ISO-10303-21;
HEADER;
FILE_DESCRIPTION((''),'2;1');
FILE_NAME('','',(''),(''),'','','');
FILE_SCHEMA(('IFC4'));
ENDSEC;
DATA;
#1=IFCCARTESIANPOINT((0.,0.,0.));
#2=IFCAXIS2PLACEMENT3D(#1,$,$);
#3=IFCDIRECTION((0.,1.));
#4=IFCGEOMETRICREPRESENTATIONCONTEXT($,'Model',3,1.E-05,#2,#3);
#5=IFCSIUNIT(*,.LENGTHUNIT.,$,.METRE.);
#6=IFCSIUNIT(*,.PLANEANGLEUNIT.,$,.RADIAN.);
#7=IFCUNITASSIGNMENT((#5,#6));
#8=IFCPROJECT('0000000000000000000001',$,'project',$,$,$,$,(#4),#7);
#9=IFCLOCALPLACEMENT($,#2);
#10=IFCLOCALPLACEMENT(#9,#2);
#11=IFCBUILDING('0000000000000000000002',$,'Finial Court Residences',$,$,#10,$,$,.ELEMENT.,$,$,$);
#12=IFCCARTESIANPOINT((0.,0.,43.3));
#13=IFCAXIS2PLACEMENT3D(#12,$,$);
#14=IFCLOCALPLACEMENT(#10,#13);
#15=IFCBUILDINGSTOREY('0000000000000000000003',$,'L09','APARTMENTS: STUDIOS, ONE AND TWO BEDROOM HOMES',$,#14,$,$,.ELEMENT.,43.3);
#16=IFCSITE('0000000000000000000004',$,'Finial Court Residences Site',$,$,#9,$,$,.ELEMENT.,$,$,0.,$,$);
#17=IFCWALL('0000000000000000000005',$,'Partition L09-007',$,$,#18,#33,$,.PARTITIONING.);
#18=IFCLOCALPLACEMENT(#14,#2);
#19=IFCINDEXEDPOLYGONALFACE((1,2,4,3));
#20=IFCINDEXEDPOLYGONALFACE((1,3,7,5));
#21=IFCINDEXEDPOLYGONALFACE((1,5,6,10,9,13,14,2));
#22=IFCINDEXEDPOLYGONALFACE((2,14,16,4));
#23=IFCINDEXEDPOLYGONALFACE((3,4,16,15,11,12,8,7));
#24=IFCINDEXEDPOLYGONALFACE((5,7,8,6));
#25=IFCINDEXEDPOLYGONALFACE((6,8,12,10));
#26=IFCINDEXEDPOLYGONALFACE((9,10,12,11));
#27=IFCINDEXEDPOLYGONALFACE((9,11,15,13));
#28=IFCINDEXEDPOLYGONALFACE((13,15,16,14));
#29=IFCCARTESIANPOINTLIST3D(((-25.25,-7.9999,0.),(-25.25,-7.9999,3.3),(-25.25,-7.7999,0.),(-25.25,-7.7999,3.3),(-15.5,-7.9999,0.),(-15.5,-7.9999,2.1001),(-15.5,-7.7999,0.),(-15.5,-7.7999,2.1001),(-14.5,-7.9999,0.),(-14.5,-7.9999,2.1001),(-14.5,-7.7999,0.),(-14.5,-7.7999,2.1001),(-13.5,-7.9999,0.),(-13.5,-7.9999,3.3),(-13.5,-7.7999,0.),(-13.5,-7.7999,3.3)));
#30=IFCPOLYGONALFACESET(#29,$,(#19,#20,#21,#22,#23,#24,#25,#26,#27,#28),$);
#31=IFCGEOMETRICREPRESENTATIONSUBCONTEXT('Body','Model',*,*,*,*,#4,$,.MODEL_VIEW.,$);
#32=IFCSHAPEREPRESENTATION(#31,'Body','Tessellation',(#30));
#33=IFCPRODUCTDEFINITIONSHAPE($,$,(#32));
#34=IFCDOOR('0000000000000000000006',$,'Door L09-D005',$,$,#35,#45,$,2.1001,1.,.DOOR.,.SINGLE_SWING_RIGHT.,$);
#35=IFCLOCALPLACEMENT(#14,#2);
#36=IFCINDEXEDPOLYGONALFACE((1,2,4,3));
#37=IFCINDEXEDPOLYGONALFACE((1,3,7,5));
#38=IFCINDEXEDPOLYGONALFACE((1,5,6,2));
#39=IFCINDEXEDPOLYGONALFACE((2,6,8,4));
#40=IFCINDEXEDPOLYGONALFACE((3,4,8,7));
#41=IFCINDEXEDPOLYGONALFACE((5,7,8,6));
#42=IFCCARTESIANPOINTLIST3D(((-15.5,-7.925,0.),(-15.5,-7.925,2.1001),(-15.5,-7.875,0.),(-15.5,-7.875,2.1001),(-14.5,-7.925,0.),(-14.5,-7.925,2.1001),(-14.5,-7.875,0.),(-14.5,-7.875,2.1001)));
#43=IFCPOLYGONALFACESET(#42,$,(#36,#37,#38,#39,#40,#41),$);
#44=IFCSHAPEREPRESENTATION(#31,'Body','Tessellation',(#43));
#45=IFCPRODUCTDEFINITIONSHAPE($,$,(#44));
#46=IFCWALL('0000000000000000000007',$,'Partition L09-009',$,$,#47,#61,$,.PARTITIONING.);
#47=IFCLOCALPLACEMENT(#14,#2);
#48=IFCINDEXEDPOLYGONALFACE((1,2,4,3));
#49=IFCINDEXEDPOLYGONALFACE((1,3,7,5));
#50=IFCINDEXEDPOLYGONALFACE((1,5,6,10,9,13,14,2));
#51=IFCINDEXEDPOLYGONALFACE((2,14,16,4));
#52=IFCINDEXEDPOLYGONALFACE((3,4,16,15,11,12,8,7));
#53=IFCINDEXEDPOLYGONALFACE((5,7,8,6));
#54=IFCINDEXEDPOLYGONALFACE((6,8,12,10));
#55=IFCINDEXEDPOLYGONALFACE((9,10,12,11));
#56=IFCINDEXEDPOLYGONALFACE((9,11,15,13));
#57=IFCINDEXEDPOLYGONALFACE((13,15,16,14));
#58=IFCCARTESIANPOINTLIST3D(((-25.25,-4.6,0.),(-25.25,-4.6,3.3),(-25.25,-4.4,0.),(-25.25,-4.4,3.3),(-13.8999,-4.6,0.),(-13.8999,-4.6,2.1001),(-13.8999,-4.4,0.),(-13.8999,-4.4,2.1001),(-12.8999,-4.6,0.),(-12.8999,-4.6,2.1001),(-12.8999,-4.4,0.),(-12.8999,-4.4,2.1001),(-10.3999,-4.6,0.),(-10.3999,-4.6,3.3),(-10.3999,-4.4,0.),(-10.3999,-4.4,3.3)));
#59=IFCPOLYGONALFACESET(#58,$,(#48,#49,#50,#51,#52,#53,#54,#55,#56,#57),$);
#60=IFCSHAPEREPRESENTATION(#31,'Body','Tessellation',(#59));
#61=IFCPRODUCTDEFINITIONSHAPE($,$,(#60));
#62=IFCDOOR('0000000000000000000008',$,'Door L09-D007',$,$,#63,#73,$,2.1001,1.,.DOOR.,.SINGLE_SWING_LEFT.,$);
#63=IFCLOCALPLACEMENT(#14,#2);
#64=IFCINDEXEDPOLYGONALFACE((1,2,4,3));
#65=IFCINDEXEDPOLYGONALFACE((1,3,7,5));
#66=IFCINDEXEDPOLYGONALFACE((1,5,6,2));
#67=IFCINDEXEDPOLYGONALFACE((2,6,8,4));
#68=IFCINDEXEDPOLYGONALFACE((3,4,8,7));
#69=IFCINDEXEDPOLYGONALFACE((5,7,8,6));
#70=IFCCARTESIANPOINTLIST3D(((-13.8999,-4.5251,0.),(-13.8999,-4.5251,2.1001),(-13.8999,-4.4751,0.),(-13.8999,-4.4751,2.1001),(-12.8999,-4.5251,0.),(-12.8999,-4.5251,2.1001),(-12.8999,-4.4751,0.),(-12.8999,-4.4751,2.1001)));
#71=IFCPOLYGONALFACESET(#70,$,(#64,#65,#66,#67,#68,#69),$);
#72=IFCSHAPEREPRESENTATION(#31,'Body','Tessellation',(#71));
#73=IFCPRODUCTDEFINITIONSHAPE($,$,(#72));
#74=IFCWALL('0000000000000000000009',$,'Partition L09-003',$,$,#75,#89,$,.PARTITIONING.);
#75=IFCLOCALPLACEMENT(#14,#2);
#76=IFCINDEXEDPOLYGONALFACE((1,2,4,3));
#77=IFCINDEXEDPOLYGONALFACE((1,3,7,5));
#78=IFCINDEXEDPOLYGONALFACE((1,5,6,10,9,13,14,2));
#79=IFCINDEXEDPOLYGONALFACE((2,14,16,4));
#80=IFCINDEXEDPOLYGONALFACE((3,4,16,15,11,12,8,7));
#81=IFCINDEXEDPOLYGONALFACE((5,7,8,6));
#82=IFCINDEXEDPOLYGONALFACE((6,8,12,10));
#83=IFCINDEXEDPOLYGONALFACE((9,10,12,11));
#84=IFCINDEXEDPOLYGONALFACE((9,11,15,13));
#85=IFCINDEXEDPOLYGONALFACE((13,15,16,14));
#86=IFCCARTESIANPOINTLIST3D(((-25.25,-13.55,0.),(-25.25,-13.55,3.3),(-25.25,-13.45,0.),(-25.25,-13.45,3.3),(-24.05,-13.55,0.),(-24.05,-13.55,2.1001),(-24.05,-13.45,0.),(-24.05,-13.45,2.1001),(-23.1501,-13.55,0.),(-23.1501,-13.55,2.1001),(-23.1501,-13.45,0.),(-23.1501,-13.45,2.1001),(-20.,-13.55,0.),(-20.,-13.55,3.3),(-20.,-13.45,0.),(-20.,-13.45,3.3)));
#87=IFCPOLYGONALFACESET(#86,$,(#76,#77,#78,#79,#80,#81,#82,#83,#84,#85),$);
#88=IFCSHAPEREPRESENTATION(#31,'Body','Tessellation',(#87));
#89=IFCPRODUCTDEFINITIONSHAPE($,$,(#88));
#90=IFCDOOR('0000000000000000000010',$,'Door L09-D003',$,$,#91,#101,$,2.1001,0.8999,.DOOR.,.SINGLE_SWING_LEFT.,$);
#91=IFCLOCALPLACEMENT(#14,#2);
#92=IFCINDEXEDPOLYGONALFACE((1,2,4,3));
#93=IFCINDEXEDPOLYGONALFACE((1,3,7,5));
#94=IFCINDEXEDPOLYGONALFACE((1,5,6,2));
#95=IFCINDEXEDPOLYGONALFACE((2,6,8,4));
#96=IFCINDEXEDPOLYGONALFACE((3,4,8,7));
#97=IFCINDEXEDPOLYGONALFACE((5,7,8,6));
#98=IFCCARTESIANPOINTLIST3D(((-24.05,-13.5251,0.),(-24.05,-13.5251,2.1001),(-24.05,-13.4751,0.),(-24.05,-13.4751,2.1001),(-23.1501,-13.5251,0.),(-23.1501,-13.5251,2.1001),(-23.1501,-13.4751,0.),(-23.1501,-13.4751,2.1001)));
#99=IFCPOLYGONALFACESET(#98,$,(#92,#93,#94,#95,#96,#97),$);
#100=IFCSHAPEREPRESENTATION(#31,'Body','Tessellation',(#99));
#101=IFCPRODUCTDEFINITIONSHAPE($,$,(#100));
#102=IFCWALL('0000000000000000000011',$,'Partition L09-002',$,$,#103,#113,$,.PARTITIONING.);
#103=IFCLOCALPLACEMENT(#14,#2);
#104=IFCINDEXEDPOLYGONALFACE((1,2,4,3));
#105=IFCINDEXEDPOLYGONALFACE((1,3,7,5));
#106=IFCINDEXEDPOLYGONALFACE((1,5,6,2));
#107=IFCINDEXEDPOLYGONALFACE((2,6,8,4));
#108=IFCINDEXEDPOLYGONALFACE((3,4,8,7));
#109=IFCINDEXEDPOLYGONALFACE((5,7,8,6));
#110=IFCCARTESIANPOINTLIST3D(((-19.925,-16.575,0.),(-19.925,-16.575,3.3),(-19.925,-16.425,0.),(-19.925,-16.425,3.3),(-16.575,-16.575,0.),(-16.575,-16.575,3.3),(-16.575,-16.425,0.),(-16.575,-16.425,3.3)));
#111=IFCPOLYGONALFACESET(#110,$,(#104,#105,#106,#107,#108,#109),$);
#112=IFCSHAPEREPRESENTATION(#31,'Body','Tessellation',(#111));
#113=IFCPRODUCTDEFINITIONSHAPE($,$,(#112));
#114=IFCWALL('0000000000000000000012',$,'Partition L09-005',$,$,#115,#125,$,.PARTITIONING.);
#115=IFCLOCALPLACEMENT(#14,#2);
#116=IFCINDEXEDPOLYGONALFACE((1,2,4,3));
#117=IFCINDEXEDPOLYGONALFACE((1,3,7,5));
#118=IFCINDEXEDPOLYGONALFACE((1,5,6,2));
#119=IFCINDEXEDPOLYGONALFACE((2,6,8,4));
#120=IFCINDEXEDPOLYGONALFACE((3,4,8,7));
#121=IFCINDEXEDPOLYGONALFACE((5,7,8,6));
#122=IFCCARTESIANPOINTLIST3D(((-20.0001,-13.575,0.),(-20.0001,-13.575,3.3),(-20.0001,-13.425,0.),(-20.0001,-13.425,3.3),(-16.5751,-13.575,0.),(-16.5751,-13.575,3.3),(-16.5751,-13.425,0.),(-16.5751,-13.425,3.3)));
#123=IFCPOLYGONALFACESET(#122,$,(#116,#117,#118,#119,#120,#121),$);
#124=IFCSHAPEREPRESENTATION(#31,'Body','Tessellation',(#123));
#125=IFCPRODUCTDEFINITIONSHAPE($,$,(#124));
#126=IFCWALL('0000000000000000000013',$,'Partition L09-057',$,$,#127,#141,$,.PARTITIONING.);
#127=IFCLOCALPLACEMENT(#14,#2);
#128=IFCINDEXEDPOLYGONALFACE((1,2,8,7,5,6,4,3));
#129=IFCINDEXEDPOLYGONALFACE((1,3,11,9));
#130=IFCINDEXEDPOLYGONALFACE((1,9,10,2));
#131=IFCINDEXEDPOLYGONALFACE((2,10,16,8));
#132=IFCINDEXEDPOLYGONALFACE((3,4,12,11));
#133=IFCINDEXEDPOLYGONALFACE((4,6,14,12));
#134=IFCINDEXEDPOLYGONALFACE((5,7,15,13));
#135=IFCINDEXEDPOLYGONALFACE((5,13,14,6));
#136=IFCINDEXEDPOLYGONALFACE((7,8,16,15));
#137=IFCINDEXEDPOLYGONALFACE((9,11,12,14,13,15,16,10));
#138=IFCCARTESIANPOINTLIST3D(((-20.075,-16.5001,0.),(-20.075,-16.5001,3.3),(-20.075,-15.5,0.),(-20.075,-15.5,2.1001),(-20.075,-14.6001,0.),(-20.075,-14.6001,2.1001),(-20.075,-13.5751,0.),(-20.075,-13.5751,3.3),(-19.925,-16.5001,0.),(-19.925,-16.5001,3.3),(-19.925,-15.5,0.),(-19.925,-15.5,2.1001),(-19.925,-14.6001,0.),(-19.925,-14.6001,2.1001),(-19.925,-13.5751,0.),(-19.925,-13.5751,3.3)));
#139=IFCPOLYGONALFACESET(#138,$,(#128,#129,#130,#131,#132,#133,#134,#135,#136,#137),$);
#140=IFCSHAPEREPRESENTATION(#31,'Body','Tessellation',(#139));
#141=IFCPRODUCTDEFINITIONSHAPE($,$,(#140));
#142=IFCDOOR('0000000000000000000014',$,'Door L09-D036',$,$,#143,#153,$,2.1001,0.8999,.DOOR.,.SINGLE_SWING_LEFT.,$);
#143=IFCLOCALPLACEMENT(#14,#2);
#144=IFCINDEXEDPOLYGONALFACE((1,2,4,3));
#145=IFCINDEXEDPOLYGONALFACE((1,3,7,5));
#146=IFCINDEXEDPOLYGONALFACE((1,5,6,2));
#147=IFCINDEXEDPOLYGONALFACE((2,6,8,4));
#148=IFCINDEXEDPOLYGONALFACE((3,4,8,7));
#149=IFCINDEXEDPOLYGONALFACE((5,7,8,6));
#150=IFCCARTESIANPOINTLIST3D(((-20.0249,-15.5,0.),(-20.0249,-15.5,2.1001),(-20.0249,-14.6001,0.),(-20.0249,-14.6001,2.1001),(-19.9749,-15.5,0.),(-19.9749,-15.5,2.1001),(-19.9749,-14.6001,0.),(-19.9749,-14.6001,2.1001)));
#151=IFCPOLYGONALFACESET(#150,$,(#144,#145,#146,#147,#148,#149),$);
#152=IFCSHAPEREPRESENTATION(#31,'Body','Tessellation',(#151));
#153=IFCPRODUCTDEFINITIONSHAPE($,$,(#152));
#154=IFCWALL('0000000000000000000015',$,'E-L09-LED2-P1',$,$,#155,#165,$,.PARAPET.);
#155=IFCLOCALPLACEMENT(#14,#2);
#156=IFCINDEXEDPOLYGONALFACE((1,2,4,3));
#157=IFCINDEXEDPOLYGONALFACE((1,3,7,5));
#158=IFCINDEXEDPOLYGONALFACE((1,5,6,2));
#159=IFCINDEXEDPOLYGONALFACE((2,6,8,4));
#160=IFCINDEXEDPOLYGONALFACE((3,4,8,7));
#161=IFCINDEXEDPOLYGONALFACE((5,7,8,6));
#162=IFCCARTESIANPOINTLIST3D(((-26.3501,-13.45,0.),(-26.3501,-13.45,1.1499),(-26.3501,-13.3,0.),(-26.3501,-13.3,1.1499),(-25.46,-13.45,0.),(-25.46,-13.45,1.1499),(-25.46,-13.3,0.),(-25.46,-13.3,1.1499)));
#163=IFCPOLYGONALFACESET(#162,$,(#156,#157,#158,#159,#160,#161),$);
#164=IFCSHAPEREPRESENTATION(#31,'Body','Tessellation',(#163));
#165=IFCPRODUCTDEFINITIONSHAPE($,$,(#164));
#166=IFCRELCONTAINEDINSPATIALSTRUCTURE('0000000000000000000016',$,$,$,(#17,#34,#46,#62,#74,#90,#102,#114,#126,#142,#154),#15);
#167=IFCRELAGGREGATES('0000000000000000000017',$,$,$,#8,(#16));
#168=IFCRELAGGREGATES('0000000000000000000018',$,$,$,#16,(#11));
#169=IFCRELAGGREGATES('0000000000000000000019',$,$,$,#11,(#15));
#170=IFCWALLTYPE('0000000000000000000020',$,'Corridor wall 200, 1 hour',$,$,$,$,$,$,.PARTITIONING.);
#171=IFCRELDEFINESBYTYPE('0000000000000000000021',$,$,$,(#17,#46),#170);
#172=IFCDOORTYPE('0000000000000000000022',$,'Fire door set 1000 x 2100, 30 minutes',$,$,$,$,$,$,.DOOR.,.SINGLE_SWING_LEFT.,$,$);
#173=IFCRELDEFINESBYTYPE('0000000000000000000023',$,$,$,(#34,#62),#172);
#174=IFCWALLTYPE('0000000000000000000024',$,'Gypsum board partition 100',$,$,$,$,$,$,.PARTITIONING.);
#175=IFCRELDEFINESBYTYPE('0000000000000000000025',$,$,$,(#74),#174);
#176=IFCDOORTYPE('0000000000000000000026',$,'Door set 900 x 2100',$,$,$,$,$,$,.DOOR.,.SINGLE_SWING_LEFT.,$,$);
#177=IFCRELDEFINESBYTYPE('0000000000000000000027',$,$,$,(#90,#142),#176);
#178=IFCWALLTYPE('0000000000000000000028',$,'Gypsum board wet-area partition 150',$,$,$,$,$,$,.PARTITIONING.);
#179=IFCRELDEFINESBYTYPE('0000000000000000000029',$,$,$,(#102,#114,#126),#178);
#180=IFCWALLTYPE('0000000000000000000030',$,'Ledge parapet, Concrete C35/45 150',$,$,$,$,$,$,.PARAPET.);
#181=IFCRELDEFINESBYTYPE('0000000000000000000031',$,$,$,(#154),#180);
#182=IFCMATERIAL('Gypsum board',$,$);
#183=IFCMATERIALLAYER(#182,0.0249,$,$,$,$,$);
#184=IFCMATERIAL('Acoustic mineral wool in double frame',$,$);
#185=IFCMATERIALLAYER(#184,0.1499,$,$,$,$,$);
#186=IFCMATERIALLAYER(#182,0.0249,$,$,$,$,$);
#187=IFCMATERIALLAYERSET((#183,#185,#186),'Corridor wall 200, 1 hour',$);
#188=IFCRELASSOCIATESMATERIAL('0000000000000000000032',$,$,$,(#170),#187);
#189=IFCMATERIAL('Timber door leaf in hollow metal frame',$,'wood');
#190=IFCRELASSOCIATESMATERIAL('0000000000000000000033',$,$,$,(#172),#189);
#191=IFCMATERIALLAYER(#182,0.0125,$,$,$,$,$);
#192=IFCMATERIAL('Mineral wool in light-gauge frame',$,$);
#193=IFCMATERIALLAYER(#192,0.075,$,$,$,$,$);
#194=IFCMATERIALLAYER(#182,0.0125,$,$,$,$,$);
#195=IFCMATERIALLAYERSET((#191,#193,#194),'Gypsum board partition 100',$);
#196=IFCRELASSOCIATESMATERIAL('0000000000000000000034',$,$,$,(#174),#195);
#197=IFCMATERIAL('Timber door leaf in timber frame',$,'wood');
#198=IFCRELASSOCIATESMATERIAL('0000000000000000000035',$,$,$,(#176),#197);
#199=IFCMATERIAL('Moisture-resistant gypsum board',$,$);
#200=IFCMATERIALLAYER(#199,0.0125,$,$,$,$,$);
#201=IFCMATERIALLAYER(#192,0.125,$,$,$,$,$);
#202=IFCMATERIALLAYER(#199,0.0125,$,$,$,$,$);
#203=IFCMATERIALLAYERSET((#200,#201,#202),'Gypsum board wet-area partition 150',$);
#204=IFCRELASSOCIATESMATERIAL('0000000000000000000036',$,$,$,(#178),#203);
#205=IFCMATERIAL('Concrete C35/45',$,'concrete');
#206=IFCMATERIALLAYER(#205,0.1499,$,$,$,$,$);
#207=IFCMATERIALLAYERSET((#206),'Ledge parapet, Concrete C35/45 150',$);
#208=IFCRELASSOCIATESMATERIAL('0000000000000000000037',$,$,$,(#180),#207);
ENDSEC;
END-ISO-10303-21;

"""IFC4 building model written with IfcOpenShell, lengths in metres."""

from ifc_helpers import new_model, si_unit, direction, frame, frame_2d, origin, place, context, subcontext, project, spatial, rectangle, extrude, material, layer, layer_set, type_object, element, fill, save


model = new_model("IFC4")

# Units and contexts
model_context = context("Model", 3, precision=1e-05, world=origin(), true_north=direction((0.0, 1.0)))
body_context = subcontext(model_context, "Body", "Model", "MODEL_VIEW")
ifc_project = project(units=[si_unit("LENGTHUNIT", "METRE"), si_unit("PLANEANGLEUNIT", "RADIAN")], contexts=[model_context])

# Site, building, storey
site_placement = place(None, origin())
site = spatial("IfcSite", under=ifc_project, at=site_placement, Name="Finial Court Residences Site", CompositionType="ELEMENT", RefElevation=0.0)
building_placement = place(site_placement, origin())
building = spatial("IfcBuilding", under=site, at=building_placement, Name="Finial Court Residences", CompositionType="ELEMENT")
storey_placement = place(building_placement, frame((0.0, 0.0, 43.3)))
storey = spatial("IfcBuildingStorey", under=building, at=storey_placement, Name="L09", Description="APARTMENTS: STUDIOS, ONE AND TWO BEDROOM HOMES", CompositionType="ELEMENT", Elevation=43.3)

# Shared definitions
ifc_material_1 = material(Name="Gypsum board")
ifc_material_2 = material(Name="Acoustic mineral wool in double frame")

# Walls, openings, doors
ifc_layer_1 = layer(ifc_material_1, 0.0249)
ifc_layer_2 = layer(ifc_material_2, 0.1499)
ifc_layer_3 = layer(ifc_material_1, 0.0249)
ifc_layer_set_1 = layer_set([ifc_layer_1, ifc_layer_2, ifc_layer_3], Name="Corridor wall 200, 1 hour")
wall_type_1 = type_object("IfcWallType", Name="Corridor wall 200, 1 hour", PredefinedType="PARTITIONING", material=ifc_layer_set_1)
wall_1_placement = place(storey_placement, frame((-25.25, -7.8999, 0.0), z_axis=(0.0, 0.0, 1.0), x_axis=(1.0, 0.0, 0.0)))
wall_1 = element("IfcWall", 1, at=wall_1_placement, inside=storey, type_object=wall_type_1, Name="Partition L09-007", PredefinedType="PARTITIONING", context=body_context, shape_type="SweptSolid", body=[
    extrude(rectangle(XDim=11.75, YDim=0.2, at=frame_2d((5.875, 0.0))), origin(), (0.0, 0.0, 1.0), 3.3),
])
opening_1_placement = place(wall_1_placement, frame((9.75, 0.0, 0.0)))
opening_1 = element("IfcOpeningElement", 2, at=opening_1_placement, cuts=wall_1, PredefinedType="OPENING", context=body_context, shape_type="SweptSolid", body=[
    extrude(rectangle(XDim=1.0, YDim=2.1001, at=frame_2d((0.5, 1.05))), frame((0.0, 0.1099, 0.0), z_axis=(0.0, -1.0, 0.0), x_axis=(1.0, 0.0, 0.0)), (0.0, 0.0, 1.0), 0.22),
])
ifc_material_3 = material(Name="Timber door leaf in hollow metal frame", Category="wood")
door_type_1 = type_object("IfcDoorType", Name="Fire door set 1000 x 2100, 30 minutes", OperationType="SINGLE_SWING_LEFT", PredefinedType="DOOR", material=ifc_material_3)
door_1_placement = place(opening_1_placement, origin())
door_1 = element("IfcDoor", 3, at=door_1_placement, inside=storey, type_object=door_type_1, Name="Door L09-D005", OperationType="SINGLE_SWING_RIGHT", OverallHeight=2.1001, OverallWidth=1.0, PredefinedType="DOOR", context=body_context, shape_type="SweptSolid", body=[
    extrude(rectangle(XDim=1.0, YDim=2.1001, at=frame_2d((0.5, 1.05))), frame((0.0, 0.0249, 0.0), z_axis=(0.0, -1.0, 0.0), x_axis=(1.0, 0.0, 0.0)), (0.0, 0.0, 1.0), 0.05),
])
fill(opening_1, door_1)
wall_2_placement = place(storey_placement, frame((-25.25, -4.5, 0.0), z_axis=(0.0, 0.0, 1.0), x_axis=(1.0, 0.0, 0.0)))
wall_2 = element("IfcWall", 4, at=wall_2_placement, inside=storey, type_object=wall_type_1, Name="Partition L09-009", PredefinedType="PARTITIONING", context=body_context, shape_type="SweptSolid", body=[
    extrude(rectangle(XDim=14.8501, YDim=0.2, at=frame_2d((7.425, 0.0))), origin(), (0.0, 0.0, 1.0), 3.3),
])
opening_2_placement = place(wall_2_placement, frame((11.3501, 0.0, 0.0)))
opening_2 = element("IfcOpeningElement", 5, at=opening_2_placement, cuts=wall_2, PredefinedType="OPENING", context=body_context, shape_type="SweptSolid", body=[
    extrude(rectangle(XDim=1.0, YDim=2.1001, at=frame_2d((0.5, 1.05))), frame((0.0, 0.1099, 0.0), z_axis=(0.0, -1.0, 0.0), x_axis=(1.0, 0.0, 0.0)), (0.0, 0.0, 1.0), 0.22),
])
door_2_placement = place(opening_2_placement, origin())
door_2 = element("IfcDoor", 6, at=door_2_placement, inside=storey, type_object=door_type_1, Name="Door L09-D007", OperationType="SINGLE_SWING_LEFT", OverallHeight=2.1001, OverallWidth=1.0, PredefinedType="DOOR", context=body_context, shape_type="SweptSolid", body=[
    extrude(rectangle(XDim=1.0, YDim=2.1001, at=frame_2d((0.5, 1.05))), frame((0.0, 0.0249, 0.0), z_axis=(0.0, -1.0, 0.0), x_axis=(1.0, 0.0, 0.0)), (0.0, 0.0, 1.0), 0.05),
])
fill(opening_2, door_2)
ifc_layer_4 = layer(ifc_material_1, 0.0125)
ifc_material_4 = material(Name="Mineral wool in light-gauge frame")
ifc_layer_5 = layer(ifc_material_4, 0.075)
ifc_layer_6 = layer(ifc_material_1, 0.0125)
ifc_layer_set_2 = layer_set([ifc_layer_4, ifc_layer_5, ifc_layer_6], Name="Gypsum board partition 100")
wall_type_2 = type_object("IfcWallType", Name="Gypsum board partition 100", PredefinedType="PARTITIONING", material=ifc_layer_set_2)
wall_3_placement = place(storey_placement, frame((-25.25, -13.5, 0.0), z_axis=(0.0, 0.0, 1.0), x_axis=(1.0, 0.0, 0.0)))
wall_3 = element("IfcWall", 7, at=wall_3_placement, inside=storey, type_object=wall_type_2, Name="Partition L09-003", PredefinedType="PARTITIONING", context=body_context, shape_type="SweptSolid", body=[
    extrude(rectangle(XDim=5.25, YDim=0.1001, at=frame_2d((2.625, 0.0))), origin(), (0.0, 0.0, 1.0), 3.3),
])
opening_3_placement = place(wall_3_placement, frame((1.2, 0.0, 0.0)))
opening_3 = element("IfcOpeningElement", 8, at=opening_3_placement, cuts=wall_3, PredefinedType="OPENING", context=body_context, shape_type="SweptSolid", body=[
    extrude(rectangle(XDim=0.8999, YDim=2.1001, at=frame_2d((0.45, 1.05))), frame((0.0, 0.0601, 0.0), z_axis=(0.0, -1.0, 0.0), x_axis=(1.0, 0.0, 0.0)), (0.0, 0.0, 1.0), 0.1201),
])
ifc_material_5 = material(Name="Timber door leaf in timber frame", Category="wood")
door_type_2 = type_object("IfcDoorType", Name="Door set 900 x 2100", OperationType="SINGLE_SWING_LEFT", PredefinedType="DOOR", material=ifc_material_5)
door_3_placement = place(opening_3_placement, origin())
door_3 = element("IfcDoor", 9, at=door_3_placement, inside=storey, type_object=door_type_2, Name="Door L09-D003", OperationType="SINGLE_SWING_LEFT", OverallHeight=2.1001, OverallWidth=0.8999, PredefinedType="DOOR", context=body_context, shape_type="SweptSolid", body=[
    extrude(rectangle(XDim=0.8999, YDim=2.1001, at=frame_2d((0.45, 1.05))), frame((0.0, 0.0249, 0.0), z_axis=(0.0, -1.0, 0.0), x_axis=(1.0, 0.0, 0.0)), (0.0, 0.0, 1.0), 0.05),
])
fill(opening_3, door_3)

# Walls
ifc_material_6 = material(Name="Moisture-resistant gypsum board")
ifc_layer_7 = layer(ifc_material_6, 0.0125)
ifc_layer_8 = layer(ifc_material_4, 0.125)
ifc_layer_9 = layer(ifc_material_6, 0.0125)
ifc_layer_set_3 = layer_set([ifc_layer_7, ifc_layer_8, ifc_layer_9], Name="Gypsum board wet-area partition 150")
wall_type_3 = type_object("IfcWallType", Name="Gypsum board wet-area partition 150", PredefinedType="PARTITIONING", material=ifc_layer_set_3)
wall_4_placement = place(storey_placement, frame((-19.925, -16.5, 0.0), z_axis=(0.0, 0.0, 1.0), x_axis=(1.0, 0.0, 0.0)))
element("IfcWall", 10, at=wall_4_placement, inside=storey, type_object=wall_type_3, Name="Partition L09-002", PredefinedType="PARTITIONING", context=body_context, shape_type="SweptSolid", body=[
    extrude(rectangle(XDim=3.3501, YDim=0.1499, at=frame_2d((1.675, 0.0))), origin(), (0.0, 0.0, 1.0), 3.3),
])
wall_5_placement = place(storey_placement, frame((-20.0, -13.5, 0.0), z_axis=(0.0, 0.0, 1.0), x_axis=(1.0, 0.0, 0.0)))
element("IfcWall", 11, at=wall_5_placement, inside=storey, type_object=wall_type_3, Name="Partition L09-005", PredefinedType="PARTITIONING", context=body_context, shape_type="SweptSolid", body=[
    extrude(rectangle(XDim=3.425, YDim=0.1499, at=frame_2d((1.7124, 0.0))), origin(), (0.0, 0.0, 1.0), 3.3),
])

# Wall, opening, door
wall_6_placement = place(storey_placement, frame((-20.0, -16.5, 0.0), z_axis=(0.0, 0.0, 1.0), x_axis=(0.0, 1.0, 0.0)))
wall_6 = element("IfcWall", 12, at=wall_6_placement, inside=storey, type_object=wall_type_3, Name="Partition L09-057", PredefinedType="PARTITIONING", context=body_context, shape_type="SweptSolid", body=[
    extrude(rectangle(XDim=2.925, YDim=0.1499, at=frame_2d((1.4624, 0.0))), origin(), (0.0, 0.0, 1.0), 3.3),
])
opening_4_placement = place(wall_6_placement, frame((1.0, 0.0, 0.0)))
opening_4 = element("IfcOpeningElement", 13, at=opening_4_placement, cuts=wall_6, PredefinedType="OPENING", context=body_context, shape_type="SweptSolid", body=[
    extrude(rectangle(XDim=0.8999, YDim=2.1001, at=frame_2d((0.45, 1.05))), frame((0.0, 0.085, 0.0), z_axis=(0.0, -1.0, 0.0), x_axis=(1.0, 0.0, 0.0)), (0.0, 0.0, 1.0), 0.1699),
])
door_4_placement = place(opening_4_placement, origin())
door_4 = element("IfcDoor", 14, at=door_4_placement, inside=storey, type_object=door_type_2, Name="Door L09-D036", OperationType="SINGLE_SWING_LEFT", OverallHeight=2.1001, OverallWidth=0.8999, PredefinedType="DOOR", context=body_context, shape_type="SweptSolid", body=[
    extrude(rectangle(XDim=0.8999, YDim=2.1001, at=frame_2d((0.45, 1.05))), frame((0.0, 0.0249, 0.0), z_axis=(0.0, -1.0, 0.0), x_axis=(1.0, 0.0, 0.0)), (0.0, 0.0, 1.0), 0.05),
])
fill(opening_4, door_4)

# Wall
ifc_material_7 = material(Name="Concrete C35/45", Category="concrete")
ifc_layer_10 = layer(ifc_material_7, 0.1499)
ifc_layer_set_4 = layer_set([ifc_layer_10], Name="Ledge parapet, Concrete C35/45 150")
wall_type_4 = type_object("IfcWallType", Name="Ledge parapet, Concrete C35/45 150", PredefinedType="PARAPET", material=ifc_layer_set_4)
wall_7_placement = place(storey_placement, frame((-25.46, -13.375, 0.0), z_axis=(0.0, 0.0, 1.0), x_axis=(-1.0, 0.0, 0.0)))
element("IfcWall", 15, at=wall_7_placement, inside=storey, type_object=wall_type_4, Name="E-L09-LED2-P1", PredefinedType="PARAPET", context=body_context, shape_type="SweptSolid", body=[
    extrude(rectangle(XDim=0.8901, YDim=0.1499, at=frame_2d((0.4451, 0.0))), origin(), (0.0, 0.0, 1.0), 1.1499),
])

save(model, "model.ifc")
